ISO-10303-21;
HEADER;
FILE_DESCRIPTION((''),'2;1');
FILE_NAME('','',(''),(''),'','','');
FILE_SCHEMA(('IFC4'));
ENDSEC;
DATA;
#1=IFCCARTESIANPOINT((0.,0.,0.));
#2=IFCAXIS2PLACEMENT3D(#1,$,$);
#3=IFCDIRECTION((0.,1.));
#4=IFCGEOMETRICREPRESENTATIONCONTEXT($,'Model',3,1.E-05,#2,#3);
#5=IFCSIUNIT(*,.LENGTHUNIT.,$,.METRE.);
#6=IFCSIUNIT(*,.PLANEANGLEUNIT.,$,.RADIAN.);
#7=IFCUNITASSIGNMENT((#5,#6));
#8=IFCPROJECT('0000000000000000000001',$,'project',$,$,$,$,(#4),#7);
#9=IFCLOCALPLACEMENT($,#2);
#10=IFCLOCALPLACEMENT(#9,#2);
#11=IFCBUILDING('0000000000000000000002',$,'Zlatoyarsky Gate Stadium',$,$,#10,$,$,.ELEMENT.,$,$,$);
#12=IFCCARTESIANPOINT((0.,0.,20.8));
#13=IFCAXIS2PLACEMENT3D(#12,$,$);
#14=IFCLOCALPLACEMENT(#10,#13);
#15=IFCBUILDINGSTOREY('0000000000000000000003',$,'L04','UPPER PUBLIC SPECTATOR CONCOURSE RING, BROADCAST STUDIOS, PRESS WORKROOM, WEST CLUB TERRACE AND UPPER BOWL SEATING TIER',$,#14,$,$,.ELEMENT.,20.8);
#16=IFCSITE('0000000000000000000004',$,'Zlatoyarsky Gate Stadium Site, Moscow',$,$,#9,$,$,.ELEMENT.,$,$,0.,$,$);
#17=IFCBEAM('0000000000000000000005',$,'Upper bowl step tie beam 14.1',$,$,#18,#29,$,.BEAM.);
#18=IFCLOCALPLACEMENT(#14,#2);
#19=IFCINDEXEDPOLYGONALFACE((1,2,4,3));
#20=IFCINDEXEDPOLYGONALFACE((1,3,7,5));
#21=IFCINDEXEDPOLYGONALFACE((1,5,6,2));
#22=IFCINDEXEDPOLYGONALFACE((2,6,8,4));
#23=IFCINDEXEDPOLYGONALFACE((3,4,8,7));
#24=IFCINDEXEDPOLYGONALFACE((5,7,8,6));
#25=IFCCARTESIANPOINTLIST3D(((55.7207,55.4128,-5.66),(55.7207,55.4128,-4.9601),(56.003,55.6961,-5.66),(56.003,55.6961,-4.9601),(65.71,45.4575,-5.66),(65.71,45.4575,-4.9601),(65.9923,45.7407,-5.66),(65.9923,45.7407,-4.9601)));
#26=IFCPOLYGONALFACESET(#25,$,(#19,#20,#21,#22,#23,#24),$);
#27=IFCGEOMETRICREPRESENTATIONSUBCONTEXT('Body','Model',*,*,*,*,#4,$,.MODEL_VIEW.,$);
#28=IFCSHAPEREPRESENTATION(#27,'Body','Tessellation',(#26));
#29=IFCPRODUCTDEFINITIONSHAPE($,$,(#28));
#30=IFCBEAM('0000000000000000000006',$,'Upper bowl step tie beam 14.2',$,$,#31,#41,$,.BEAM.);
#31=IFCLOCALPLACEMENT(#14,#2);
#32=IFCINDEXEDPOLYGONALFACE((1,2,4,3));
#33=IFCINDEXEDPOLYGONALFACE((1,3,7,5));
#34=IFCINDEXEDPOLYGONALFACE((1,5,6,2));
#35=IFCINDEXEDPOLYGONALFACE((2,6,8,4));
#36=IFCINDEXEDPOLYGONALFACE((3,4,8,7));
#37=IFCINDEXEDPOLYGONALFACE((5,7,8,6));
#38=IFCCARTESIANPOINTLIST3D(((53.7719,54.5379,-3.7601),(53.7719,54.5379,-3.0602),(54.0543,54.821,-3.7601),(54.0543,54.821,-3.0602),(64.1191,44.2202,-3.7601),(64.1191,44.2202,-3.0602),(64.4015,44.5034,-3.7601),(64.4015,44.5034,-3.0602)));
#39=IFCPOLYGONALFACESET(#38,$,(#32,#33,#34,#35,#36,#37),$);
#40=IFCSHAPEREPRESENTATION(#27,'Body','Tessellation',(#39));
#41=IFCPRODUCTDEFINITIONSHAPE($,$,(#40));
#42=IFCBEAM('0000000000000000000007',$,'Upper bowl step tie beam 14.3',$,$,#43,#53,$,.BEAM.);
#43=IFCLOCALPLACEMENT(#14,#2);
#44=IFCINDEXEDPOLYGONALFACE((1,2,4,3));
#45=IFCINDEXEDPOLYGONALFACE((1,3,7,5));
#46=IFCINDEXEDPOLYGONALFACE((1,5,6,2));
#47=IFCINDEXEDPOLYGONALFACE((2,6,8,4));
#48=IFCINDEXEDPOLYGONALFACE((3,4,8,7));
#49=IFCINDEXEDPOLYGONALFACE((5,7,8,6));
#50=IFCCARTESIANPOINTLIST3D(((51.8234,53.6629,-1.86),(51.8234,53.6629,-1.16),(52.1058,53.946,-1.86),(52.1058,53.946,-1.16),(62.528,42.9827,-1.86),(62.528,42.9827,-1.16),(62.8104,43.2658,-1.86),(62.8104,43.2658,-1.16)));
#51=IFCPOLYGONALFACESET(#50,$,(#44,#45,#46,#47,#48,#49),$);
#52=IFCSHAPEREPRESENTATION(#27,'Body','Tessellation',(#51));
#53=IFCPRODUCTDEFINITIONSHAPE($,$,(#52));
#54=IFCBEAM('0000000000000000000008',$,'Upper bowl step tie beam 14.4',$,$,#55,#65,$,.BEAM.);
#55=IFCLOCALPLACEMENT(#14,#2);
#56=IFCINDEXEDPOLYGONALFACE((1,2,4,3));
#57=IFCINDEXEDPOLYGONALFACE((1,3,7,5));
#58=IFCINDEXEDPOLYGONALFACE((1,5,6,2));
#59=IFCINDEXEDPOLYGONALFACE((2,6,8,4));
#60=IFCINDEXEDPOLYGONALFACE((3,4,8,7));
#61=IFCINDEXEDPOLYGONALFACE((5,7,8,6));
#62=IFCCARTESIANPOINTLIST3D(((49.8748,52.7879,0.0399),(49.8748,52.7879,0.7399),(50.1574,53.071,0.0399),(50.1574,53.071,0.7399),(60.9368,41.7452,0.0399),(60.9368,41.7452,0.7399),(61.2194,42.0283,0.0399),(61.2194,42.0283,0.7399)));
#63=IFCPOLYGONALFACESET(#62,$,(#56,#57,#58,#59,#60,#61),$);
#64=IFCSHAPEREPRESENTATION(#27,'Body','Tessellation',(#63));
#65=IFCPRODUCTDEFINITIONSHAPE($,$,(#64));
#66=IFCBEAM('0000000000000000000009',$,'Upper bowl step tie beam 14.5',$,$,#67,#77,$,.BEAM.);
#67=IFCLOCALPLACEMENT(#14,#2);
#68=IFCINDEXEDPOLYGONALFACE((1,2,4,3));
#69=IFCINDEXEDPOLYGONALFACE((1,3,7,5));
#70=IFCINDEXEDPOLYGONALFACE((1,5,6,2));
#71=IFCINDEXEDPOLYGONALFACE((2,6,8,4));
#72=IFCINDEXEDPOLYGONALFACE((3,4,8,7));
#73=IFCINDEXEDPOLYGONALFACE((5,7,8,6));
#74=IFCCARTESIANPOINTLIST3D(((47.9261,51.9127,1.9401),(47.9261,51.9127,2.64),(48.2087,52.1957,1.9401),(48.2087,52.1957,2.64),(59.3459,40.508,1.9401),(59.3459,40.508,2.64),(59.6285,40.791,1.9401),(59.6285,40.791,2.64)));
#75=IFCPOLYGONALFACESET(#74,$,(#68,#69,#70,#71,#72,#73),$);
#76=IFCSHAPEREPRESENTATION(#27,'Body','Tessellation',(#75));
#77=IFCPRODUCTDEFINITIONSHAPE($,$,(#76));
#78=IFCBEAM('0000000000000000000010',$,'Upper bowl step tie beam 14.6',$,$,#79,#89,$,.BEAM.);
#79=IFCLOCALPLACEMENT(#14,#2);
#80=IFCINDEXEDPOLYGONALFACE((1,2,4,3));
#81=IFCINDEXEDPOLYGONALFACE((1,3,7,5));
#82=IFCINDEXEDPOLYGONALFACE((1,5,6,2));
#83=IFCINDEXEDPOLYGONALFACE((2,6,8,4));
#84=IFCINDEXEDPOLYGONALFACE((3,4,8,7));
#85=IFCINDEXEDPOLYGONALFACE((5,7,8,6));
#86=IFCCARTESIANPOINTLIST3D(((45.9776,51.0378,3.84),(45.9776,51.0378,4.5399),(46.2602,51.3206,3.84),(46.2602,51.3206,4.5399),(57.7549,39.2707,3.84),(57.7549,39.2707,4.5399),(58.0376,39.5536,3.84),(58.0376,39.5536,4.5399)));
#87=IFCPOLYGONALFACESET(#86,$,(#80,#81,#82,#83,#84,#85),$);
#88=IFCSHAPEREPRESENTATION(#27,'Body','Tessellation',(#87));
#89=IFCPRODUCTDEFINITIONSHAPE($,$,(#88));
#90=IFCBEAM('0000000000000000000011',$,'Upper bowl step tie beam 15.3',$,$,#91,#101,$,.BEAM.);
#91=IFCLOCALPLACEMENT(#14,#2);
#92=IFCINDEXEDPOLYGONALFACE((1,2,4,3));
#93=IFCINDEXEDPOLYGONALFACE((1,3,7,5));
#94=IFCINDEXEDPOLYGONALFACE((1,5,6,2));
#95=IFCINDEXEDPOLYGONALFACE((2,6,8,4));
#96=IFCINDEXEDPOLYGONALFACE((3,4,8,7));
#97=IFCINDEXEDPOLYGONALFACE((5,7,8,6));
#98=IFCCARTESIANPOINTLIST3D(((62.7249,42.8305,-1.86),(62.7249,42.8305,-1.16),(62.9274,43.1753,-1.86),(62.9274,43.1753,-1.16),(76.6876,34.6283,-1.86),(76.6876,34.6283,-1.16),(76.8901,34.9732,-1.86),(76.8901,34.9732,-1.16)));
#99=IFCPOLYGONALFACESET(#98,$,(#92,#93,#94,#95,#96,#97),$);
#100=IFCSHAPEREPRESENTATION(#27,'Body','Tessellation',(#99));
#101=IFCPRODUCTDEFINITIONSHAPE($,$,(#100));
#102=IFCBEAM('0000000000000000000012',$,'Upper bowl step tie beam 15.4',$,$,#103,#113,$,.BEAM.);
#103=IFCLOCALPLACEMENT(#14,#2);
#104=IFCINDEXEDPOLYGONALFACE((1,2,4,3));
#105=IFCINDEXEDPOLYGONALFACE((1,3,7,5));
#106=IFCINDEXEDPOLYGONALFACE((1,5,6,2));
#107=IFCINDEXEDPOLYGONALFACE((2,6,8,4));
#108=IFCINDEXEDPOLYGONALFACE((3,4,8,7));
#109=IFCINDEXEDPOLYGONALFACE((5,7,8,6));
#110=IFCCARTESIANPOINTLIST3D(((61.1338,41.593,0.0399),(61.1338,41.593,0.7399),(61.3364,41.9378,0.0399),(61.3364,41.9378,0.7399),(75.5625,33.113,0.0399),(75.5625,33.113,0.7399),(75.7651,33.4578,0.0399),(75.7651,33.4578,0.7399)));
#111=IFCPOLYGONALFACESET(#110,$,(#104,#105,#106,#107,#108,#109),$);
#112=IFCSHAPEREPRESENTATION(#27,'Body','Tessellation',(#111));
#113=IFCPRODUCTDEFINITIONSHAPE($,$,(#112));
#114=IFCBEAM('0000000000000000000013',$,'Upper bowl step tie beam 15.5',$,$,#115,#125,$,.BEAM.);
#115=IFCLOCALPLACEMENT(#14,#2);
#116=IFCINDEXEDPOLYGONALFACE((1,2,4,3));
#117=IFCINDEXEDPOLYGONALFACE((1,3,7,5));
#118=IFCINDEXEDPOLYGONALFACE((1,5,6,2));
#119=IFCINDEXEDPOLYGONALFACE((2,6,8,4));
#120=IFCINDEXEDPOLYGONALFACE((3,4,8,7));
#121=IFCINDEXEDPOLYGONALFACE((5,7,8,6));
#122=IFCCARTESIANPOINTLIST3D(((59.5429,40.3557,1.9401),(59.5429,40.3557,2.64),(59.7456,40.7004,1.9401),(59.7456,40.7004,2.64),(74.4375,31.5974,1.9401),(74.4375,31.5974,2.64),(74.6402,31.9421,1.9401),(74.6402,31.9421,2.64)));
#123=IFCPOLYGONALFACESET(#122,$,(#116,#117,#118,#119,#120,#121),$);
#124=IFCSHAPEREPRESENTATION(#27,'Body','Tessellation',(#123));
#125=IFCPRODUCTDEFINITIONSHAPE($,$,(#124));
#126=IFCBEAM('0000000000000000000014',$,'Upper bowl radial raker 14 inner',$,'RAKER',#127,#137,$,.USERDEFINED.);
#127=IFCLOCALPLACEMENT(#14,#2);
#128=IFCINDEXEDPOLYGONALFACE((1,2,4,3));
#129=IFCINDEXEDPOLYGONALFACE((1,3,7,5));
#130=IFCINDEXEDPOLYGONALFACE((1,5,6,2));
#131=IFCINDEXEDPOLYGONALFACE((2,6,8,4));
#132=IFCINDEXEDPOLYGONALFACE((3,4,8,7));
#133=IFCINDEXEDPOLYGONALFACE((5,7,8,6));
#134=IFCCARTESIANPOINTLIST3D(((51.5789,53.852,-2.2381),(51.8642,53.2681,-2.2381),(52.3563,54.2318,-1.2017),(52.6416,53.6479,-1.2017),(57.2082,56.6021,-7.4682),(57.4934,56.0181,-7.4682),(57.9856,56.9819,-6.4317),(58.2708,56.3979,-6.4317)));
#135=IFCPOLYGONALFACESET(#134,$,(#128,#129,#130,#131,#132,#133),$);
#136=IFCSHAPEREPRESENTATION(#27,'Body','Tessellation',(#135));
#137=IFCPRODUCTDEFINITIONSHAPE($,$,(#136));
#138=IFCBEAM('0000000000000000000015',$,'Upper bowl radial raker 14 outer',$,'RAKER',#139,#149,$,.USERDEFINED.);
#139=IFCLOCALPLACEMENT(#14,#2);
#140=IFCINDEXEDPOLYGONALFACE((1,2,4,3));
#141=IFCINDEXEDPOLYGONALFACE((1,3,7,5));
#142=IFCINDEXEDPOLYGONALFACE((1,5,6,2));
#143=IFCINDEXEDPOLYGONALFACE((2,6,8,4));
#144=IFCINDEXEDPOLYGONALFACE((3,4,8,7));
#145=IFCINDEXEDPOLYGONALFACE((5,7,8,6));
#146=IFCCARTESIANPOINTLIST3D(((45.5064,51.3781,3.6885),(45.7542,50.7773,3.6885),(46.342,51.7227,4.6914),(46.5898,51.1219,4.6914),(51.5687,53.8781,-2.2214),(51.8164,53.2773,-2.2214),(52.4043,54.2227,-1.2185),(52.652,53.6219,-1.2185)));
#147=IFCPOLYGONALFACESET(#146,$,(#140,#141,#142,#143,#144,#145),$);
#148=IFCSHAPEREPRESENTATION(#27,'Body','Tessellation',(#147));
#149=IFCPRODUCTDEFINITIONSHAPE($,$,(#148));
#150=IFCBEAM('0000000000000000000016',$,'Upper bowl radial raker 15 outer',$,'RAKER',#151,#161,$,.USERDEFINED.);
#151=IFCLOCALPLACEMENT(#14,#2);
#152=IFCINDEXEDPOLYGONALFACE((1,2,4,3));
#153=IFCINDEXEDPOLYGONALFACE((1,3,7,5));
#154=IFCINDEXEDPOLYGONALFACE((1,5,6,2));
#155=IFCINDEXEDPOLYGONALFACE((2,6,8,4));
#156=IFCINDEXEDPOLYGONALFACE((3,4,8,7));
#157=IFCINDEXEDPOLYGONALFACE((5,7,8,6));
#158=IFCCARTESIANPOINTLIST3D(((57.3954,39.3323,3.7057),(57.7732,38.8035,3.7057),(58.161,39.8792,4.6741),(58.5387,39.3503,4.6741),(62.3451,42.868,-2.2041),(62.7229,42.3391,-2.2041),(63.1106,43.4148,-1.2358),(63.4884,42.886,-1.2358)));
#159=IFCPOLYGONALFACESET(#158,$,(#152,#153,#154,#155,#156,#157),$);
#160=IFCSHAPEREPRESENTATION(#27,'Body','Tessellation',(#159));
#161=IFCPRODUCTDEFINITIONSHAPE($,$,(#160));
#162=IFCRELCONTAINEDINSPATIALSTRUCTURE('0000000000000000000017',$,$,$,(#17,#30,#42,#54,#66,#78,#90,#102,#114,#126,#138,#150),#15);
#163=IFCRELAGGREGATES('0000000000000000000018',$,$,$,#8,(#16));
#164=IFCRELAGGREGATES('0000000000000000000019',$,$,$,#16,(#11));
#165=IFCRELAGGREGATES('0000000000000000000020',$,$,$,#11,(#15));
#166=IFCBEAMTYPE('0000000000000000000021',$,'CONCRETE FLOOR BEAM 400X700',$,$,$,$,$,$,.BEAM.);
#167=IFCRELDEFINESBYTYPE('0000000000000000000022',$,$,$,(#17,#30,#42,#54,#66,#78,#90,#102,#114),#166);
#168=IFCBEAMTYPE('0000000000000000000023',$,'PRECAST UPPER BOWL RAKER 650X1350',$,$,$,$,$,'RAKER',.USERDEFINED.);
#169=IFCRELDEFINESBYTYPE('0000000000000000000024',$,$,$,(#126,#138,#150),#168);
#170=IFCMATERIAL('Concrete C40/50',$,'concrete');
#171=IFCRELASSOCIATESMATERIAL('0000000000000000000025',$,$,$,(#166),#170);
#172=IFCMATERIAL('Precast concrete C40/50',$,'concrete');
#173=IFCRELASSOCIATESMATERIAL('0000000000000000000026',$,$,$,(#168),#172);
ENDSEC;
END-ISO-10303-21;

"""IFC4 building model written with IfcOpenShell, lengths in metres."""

from ifc_helpers import new_model, si_unit, direction, frame, origin, origin_2d, place, context, subcontext, project, spatial, rectangle, extrude, material, material_profile, profile_set, type_object, element, save


model = new_model("IFC4")

# Units and contexts
model_context = context("Model", 3, precision=1e-05, world=origin(), true_north=direction((0.0, 1.0)))
body_context = subcontext(model_context, "Body", "Model", "MODEL_VIEW")
ifc_project = project(units=[si_unit("LENGTHUNIT", "METRE"), si_unit("PLANEANGLEUNIT", "RADIAN")], contexts=[model_context])

# Site, building, storey
site_placement = place(None, origin())
site = spatial("IfcSite", under=ifc_project, at=site_placement, Name="Zlatoyarsky Gate Stadium Site, Moscow", CompositionType="ELEMENT", RefElevation=0.0)
building_placement = place(site_placement, origin())
building = spatial("IfcBuilding", under=site, at=building_placement, Name="Zlatoyarsky Gate Stadium", CompositionType="ELEMENT")
storey_placement = place(building_placement, frame((0.0, 0.0, 20.8)))
storey = spatial("IfcBuildingStorey", under=building, at=storey_placement, Name="L04", Description="UPPER PUBLIC SPECTATOR CONCOURSE RING, BROADCAST STUDIOS, PRESS WORKROOM, WEST CLUB TERRACE AND UPPER BOWL SEATING TIER", CompositionType="ELEMENT", Elevation=20.8)

# Beams
ifc_material_1 = material(Name="Concrete C40/50", Category="concrete")
ifc_material_profile_1 = material_profile(ifc_material_1, rectangle(XDim=0.3999, YDim=0.7, at=origin_2d()), Name="RC BEAM 400X700")
ifc_profile_set_1 = profile_set([ifc_material_profile_1], Name="Concrete C40/50")
beam_type_1 = type_object("IfcBeamType", Name="CONCRETE FLOOR BEAM 400X700", PredefinedType="BEAM", material=ifc_profile_set_1)
beam_1_placement = place(storey_placement, frame((55.8618, 55.5544, -5.3101), z_axis=(0.708309, -0.705903, 0.0), x_axis=(0.705903, 0.708309, 0.0)))
element("IfcBeam", 1, at=beam_1_placement, inside=storey, type_object=beam_type_1, Name="Upper bowl step tie beam 14.1", PredefinedType="BEAM", context=body_context, shape_type="SweptSolid", body=[
    extrude(rectangle(XDim=0.3999, YDim=0.7, at=origin_2d()), origin(), (0.0, 0.0, 1.0), 14.103),
])
beam_2_placement = place(storey_placement, frame((53.9131, 54.6794, -3.4102), z_axis=(0.708117, -0.706095, 0.0), x_axis=(0.706095, 0.708117, 0.0)))
element("IfcBeam", 2, at=beam_2_placement, inside=storey, type_object=beam_type_1, Name="Upper bowl step tie beam 14.2", PredefinedType="BEAM", context=body_context, shape_type="SweptSolid", body=[
    extrude(rectangle(XDim=0.3999, YDim=0.7, at=origin_2d()), origin(), (0.0, 0.0, 1.0), 14.6123),
])
beam_3_placement = place(storey_placement, frame((51.9646, 53.8044, -1.51), z_axis=(0.707914, -0.706299, 0.0), x_axis=(0.706299, 0.707914, 0.0)))
element("IfcBeam", 3, at=beam_3_placement, inside=storey, type_object=beam_type_1, Name="Upper bowl step tie beam 14.3", PredefinedType="BEAM", context=body_context, shape_type="SweptSolid", body=[
    extrude(rectangle(XDim=0.3999, YDim=0.7, at=origin_2d()), origin(), (0.0, 0.0, 1.0), 15.1213),
])
beam_4_placement = place(storey_placement, frame((50.0161, 52.9294, 0.3899), z_axis=(0.707723, -0.70649, 0.0), x_axis=(0.70649, 0.707723, 0.0)))
element("IfcBeam", 4, at=beam_4_placement, inside=storey, type_object=beam_type_1, Name="Upper bowl step tie beam 14.4", PredefinedType="BEAM", context=body_context, shape_type="SweptSolid", body=[
    extrude(rectangle(XDim=0.3999, YDim=0.7, at=origin_2d()), origin(), (0.0, 0.0, 1.0), 15.6304),
])
beam_5_placement = place(storey_placement, frame((48.0674, 52.0542, 2.29), z_axis=(0.707576, -0.706638, 0.0), x_axis=(0.706638, 0.707576, 0.0)))
element("IfcBeam", 5, at=beam_5_placement, inside=storey, type_object=beam_type_1, Name="Upper bowl step tie beam 14.5", PredefinedType="BEAM", context=body_context, shape_type="SweptSolid", body=[
    extrude(rectangle(XDim=0.3999, YDim=0.7, at=origin_2d()), origin(), (0.0, 0.0, 1.0), 16.1394),
])
beam_6_placement = place(storey_placement, frame((46.1189, 51.1792, 4.1899), z_axis=(0.707415, -0.706799, 0.0), x_axis=(0.706799, 0.707415, 0.0)))
element("IfcBeam", 6, at=beam_6_placement, inside=storey, type_object=beam_type_1, Name="Upper bowl step tie beam 14.6", PredefinedType="BEAM", context=body_context, shape_type="SweptSolid", body=[
    extrude(rectangle(XDim=0.3999, YDim=0.7, at=origin_2d()), origin(), (0.0, 0.0, 1.0), 16.6484),
])
beam_7_placement = place(storey_placement, frame((62.8262, 43.0029, -1.51), z_axis=(0.862236, -0.506507, 0.0), x_axis=(0.506507, 0.862236, 0.0)))
element("IfcBeam", 7, at=beam_7_placement, inside=storey, type_object=beam_type_1, Name="Upper bowl step tie beam 15.3", PredefinedType="BEAM", context=body_context, shape_type="SweptSolid", body=[
    extrude(rectangle(XDim=0.3999, YDim=0.7, at=origin_2d()), origin(), (0.0, 0.0, 1.0), 16.1936),
])
beam_8_placement = place(storey_placement, frame((61.2351, 41.7654, 0.3899), z_axis=(0.86213, -0.506687, 0.0), x_axis=(0.506687, 0.86213, 0.0)))
element("IfcBeam", 8, at=beam_8_placement, inside=storey, type_object=beam_type_1, Name="Upper bowl step tie beam 15.4", PredefinedType="BEAM", context=body_context, shape_type="SweptSolid", body=[
    extrude(rectangle(XDim=0.3999, YDim=0.7, at=origin_2d()), origin(), (0.0, 0.0, 1.0), 16.7361),
])
beam_9_placement = place(storey_placement, frame((59.6443, 40.5281, 2.29), z_axis=(0.862015, -0.506883, 0.0), x_axis=(0.506883, 0.862015, 0.0)))
element("IfcBeam", 9, at=beam_9_placement, inside=storey, type_object=beam_type_1, Name="Upper bowl step tie beam 15.5", PredefinedType="BEAM", context=body_context, shape_type="SweptSolid", body=[
    extrude(rectangle(XDim=0.3999, YDim=0.7, at=origin_2d()), origin(), (0.0, 0.0, 1.0), 17.2788),
])
ifc_material_2 = material(Name="Precast concrete C40/50", Category="concrete")
ifc_material_profile_2 = material_profile(ifc_material_2, rectangle(XDim=0.6499, YDim=1.3501, at=origin_2d()), Name="PC RAKER 650X1350")
ifc_profile_set_2 = profile_set([ifc_material_profile_2], Name="Precast concrete C40/50")
beam_type_2 = type_object("IfcBeamType", Name="PRECAST UPPER BOWL RAKER 650X1350", ElementType="RAKER", PredefinedType="USERDEFINED", material=ifc_profile_set_2)
beam_10_placement = place(storey_placement, frame((57.7395, 56.5, -6.95), z_axis=(-0.689759, -0.336967, 0.640848), x_axis=(0.438949, -0.898512, 0.0)))
element("IfcBeam", 10, at=beam_10_placement, inside=storey, type_object=beam_type_2, Name="Upper bowl radial raker 14 inner", ObjectType="RAKER", PredefinedType="USERDEFINED", context=body_context, shape_type="SweptSolid", body=[
    extrude(rectangle(XDim=0.6499, YDim=1.3501, at=origin_2d()), origin(), (0.0, 0.0, 1.0), 8.1611),
])
beam_11_placement = place(storey_placement, frame((52.1104, 53.75, -1.72), z_axis=(-0.686732, -0.2832, 0.669475), x_axis=(0.381242, -0.924475, 0.0)))
element("IfcBeam", 11, at=beam_11_placement, inside=storey, type_object=beam_type_2, Name="Upper bowl radial raker 14 outer", ObjectType="RAKER", PredefinedType="USERDEFINED", context=body_context, shape_type="SweptSolid", body=[
    extrude(rectangle(XDim=0.6499, YDim=1.3501, at=origin_2d()), origin(), (0.0, 0.0, 1.0), 8.8276),
])
beam_12_placement = place(storey_placement, frame((62.9167, 42.877, -1.72), z_axis=(-0.583623, -0.41689, 0.696841), x_axis=(0.581253, -0.813723, 0.0)))
element("IfcBeam", 12, at=beam_12_placement, inside=storey, type_object=beam_type_2, Name="Upper bowl radial raker 15 outer", ObjectType="RAKER", PredefinedType="USERDEFINED", context=body_context, shape_type="SweptSolid", body=[
    extrude(rectangle(XDim=0.6499, YDim=1.3501, at=origin_2d()), origin(), (0.0, 0.0, 1.0), 8.481),
])

save(model, "model.ifc")
